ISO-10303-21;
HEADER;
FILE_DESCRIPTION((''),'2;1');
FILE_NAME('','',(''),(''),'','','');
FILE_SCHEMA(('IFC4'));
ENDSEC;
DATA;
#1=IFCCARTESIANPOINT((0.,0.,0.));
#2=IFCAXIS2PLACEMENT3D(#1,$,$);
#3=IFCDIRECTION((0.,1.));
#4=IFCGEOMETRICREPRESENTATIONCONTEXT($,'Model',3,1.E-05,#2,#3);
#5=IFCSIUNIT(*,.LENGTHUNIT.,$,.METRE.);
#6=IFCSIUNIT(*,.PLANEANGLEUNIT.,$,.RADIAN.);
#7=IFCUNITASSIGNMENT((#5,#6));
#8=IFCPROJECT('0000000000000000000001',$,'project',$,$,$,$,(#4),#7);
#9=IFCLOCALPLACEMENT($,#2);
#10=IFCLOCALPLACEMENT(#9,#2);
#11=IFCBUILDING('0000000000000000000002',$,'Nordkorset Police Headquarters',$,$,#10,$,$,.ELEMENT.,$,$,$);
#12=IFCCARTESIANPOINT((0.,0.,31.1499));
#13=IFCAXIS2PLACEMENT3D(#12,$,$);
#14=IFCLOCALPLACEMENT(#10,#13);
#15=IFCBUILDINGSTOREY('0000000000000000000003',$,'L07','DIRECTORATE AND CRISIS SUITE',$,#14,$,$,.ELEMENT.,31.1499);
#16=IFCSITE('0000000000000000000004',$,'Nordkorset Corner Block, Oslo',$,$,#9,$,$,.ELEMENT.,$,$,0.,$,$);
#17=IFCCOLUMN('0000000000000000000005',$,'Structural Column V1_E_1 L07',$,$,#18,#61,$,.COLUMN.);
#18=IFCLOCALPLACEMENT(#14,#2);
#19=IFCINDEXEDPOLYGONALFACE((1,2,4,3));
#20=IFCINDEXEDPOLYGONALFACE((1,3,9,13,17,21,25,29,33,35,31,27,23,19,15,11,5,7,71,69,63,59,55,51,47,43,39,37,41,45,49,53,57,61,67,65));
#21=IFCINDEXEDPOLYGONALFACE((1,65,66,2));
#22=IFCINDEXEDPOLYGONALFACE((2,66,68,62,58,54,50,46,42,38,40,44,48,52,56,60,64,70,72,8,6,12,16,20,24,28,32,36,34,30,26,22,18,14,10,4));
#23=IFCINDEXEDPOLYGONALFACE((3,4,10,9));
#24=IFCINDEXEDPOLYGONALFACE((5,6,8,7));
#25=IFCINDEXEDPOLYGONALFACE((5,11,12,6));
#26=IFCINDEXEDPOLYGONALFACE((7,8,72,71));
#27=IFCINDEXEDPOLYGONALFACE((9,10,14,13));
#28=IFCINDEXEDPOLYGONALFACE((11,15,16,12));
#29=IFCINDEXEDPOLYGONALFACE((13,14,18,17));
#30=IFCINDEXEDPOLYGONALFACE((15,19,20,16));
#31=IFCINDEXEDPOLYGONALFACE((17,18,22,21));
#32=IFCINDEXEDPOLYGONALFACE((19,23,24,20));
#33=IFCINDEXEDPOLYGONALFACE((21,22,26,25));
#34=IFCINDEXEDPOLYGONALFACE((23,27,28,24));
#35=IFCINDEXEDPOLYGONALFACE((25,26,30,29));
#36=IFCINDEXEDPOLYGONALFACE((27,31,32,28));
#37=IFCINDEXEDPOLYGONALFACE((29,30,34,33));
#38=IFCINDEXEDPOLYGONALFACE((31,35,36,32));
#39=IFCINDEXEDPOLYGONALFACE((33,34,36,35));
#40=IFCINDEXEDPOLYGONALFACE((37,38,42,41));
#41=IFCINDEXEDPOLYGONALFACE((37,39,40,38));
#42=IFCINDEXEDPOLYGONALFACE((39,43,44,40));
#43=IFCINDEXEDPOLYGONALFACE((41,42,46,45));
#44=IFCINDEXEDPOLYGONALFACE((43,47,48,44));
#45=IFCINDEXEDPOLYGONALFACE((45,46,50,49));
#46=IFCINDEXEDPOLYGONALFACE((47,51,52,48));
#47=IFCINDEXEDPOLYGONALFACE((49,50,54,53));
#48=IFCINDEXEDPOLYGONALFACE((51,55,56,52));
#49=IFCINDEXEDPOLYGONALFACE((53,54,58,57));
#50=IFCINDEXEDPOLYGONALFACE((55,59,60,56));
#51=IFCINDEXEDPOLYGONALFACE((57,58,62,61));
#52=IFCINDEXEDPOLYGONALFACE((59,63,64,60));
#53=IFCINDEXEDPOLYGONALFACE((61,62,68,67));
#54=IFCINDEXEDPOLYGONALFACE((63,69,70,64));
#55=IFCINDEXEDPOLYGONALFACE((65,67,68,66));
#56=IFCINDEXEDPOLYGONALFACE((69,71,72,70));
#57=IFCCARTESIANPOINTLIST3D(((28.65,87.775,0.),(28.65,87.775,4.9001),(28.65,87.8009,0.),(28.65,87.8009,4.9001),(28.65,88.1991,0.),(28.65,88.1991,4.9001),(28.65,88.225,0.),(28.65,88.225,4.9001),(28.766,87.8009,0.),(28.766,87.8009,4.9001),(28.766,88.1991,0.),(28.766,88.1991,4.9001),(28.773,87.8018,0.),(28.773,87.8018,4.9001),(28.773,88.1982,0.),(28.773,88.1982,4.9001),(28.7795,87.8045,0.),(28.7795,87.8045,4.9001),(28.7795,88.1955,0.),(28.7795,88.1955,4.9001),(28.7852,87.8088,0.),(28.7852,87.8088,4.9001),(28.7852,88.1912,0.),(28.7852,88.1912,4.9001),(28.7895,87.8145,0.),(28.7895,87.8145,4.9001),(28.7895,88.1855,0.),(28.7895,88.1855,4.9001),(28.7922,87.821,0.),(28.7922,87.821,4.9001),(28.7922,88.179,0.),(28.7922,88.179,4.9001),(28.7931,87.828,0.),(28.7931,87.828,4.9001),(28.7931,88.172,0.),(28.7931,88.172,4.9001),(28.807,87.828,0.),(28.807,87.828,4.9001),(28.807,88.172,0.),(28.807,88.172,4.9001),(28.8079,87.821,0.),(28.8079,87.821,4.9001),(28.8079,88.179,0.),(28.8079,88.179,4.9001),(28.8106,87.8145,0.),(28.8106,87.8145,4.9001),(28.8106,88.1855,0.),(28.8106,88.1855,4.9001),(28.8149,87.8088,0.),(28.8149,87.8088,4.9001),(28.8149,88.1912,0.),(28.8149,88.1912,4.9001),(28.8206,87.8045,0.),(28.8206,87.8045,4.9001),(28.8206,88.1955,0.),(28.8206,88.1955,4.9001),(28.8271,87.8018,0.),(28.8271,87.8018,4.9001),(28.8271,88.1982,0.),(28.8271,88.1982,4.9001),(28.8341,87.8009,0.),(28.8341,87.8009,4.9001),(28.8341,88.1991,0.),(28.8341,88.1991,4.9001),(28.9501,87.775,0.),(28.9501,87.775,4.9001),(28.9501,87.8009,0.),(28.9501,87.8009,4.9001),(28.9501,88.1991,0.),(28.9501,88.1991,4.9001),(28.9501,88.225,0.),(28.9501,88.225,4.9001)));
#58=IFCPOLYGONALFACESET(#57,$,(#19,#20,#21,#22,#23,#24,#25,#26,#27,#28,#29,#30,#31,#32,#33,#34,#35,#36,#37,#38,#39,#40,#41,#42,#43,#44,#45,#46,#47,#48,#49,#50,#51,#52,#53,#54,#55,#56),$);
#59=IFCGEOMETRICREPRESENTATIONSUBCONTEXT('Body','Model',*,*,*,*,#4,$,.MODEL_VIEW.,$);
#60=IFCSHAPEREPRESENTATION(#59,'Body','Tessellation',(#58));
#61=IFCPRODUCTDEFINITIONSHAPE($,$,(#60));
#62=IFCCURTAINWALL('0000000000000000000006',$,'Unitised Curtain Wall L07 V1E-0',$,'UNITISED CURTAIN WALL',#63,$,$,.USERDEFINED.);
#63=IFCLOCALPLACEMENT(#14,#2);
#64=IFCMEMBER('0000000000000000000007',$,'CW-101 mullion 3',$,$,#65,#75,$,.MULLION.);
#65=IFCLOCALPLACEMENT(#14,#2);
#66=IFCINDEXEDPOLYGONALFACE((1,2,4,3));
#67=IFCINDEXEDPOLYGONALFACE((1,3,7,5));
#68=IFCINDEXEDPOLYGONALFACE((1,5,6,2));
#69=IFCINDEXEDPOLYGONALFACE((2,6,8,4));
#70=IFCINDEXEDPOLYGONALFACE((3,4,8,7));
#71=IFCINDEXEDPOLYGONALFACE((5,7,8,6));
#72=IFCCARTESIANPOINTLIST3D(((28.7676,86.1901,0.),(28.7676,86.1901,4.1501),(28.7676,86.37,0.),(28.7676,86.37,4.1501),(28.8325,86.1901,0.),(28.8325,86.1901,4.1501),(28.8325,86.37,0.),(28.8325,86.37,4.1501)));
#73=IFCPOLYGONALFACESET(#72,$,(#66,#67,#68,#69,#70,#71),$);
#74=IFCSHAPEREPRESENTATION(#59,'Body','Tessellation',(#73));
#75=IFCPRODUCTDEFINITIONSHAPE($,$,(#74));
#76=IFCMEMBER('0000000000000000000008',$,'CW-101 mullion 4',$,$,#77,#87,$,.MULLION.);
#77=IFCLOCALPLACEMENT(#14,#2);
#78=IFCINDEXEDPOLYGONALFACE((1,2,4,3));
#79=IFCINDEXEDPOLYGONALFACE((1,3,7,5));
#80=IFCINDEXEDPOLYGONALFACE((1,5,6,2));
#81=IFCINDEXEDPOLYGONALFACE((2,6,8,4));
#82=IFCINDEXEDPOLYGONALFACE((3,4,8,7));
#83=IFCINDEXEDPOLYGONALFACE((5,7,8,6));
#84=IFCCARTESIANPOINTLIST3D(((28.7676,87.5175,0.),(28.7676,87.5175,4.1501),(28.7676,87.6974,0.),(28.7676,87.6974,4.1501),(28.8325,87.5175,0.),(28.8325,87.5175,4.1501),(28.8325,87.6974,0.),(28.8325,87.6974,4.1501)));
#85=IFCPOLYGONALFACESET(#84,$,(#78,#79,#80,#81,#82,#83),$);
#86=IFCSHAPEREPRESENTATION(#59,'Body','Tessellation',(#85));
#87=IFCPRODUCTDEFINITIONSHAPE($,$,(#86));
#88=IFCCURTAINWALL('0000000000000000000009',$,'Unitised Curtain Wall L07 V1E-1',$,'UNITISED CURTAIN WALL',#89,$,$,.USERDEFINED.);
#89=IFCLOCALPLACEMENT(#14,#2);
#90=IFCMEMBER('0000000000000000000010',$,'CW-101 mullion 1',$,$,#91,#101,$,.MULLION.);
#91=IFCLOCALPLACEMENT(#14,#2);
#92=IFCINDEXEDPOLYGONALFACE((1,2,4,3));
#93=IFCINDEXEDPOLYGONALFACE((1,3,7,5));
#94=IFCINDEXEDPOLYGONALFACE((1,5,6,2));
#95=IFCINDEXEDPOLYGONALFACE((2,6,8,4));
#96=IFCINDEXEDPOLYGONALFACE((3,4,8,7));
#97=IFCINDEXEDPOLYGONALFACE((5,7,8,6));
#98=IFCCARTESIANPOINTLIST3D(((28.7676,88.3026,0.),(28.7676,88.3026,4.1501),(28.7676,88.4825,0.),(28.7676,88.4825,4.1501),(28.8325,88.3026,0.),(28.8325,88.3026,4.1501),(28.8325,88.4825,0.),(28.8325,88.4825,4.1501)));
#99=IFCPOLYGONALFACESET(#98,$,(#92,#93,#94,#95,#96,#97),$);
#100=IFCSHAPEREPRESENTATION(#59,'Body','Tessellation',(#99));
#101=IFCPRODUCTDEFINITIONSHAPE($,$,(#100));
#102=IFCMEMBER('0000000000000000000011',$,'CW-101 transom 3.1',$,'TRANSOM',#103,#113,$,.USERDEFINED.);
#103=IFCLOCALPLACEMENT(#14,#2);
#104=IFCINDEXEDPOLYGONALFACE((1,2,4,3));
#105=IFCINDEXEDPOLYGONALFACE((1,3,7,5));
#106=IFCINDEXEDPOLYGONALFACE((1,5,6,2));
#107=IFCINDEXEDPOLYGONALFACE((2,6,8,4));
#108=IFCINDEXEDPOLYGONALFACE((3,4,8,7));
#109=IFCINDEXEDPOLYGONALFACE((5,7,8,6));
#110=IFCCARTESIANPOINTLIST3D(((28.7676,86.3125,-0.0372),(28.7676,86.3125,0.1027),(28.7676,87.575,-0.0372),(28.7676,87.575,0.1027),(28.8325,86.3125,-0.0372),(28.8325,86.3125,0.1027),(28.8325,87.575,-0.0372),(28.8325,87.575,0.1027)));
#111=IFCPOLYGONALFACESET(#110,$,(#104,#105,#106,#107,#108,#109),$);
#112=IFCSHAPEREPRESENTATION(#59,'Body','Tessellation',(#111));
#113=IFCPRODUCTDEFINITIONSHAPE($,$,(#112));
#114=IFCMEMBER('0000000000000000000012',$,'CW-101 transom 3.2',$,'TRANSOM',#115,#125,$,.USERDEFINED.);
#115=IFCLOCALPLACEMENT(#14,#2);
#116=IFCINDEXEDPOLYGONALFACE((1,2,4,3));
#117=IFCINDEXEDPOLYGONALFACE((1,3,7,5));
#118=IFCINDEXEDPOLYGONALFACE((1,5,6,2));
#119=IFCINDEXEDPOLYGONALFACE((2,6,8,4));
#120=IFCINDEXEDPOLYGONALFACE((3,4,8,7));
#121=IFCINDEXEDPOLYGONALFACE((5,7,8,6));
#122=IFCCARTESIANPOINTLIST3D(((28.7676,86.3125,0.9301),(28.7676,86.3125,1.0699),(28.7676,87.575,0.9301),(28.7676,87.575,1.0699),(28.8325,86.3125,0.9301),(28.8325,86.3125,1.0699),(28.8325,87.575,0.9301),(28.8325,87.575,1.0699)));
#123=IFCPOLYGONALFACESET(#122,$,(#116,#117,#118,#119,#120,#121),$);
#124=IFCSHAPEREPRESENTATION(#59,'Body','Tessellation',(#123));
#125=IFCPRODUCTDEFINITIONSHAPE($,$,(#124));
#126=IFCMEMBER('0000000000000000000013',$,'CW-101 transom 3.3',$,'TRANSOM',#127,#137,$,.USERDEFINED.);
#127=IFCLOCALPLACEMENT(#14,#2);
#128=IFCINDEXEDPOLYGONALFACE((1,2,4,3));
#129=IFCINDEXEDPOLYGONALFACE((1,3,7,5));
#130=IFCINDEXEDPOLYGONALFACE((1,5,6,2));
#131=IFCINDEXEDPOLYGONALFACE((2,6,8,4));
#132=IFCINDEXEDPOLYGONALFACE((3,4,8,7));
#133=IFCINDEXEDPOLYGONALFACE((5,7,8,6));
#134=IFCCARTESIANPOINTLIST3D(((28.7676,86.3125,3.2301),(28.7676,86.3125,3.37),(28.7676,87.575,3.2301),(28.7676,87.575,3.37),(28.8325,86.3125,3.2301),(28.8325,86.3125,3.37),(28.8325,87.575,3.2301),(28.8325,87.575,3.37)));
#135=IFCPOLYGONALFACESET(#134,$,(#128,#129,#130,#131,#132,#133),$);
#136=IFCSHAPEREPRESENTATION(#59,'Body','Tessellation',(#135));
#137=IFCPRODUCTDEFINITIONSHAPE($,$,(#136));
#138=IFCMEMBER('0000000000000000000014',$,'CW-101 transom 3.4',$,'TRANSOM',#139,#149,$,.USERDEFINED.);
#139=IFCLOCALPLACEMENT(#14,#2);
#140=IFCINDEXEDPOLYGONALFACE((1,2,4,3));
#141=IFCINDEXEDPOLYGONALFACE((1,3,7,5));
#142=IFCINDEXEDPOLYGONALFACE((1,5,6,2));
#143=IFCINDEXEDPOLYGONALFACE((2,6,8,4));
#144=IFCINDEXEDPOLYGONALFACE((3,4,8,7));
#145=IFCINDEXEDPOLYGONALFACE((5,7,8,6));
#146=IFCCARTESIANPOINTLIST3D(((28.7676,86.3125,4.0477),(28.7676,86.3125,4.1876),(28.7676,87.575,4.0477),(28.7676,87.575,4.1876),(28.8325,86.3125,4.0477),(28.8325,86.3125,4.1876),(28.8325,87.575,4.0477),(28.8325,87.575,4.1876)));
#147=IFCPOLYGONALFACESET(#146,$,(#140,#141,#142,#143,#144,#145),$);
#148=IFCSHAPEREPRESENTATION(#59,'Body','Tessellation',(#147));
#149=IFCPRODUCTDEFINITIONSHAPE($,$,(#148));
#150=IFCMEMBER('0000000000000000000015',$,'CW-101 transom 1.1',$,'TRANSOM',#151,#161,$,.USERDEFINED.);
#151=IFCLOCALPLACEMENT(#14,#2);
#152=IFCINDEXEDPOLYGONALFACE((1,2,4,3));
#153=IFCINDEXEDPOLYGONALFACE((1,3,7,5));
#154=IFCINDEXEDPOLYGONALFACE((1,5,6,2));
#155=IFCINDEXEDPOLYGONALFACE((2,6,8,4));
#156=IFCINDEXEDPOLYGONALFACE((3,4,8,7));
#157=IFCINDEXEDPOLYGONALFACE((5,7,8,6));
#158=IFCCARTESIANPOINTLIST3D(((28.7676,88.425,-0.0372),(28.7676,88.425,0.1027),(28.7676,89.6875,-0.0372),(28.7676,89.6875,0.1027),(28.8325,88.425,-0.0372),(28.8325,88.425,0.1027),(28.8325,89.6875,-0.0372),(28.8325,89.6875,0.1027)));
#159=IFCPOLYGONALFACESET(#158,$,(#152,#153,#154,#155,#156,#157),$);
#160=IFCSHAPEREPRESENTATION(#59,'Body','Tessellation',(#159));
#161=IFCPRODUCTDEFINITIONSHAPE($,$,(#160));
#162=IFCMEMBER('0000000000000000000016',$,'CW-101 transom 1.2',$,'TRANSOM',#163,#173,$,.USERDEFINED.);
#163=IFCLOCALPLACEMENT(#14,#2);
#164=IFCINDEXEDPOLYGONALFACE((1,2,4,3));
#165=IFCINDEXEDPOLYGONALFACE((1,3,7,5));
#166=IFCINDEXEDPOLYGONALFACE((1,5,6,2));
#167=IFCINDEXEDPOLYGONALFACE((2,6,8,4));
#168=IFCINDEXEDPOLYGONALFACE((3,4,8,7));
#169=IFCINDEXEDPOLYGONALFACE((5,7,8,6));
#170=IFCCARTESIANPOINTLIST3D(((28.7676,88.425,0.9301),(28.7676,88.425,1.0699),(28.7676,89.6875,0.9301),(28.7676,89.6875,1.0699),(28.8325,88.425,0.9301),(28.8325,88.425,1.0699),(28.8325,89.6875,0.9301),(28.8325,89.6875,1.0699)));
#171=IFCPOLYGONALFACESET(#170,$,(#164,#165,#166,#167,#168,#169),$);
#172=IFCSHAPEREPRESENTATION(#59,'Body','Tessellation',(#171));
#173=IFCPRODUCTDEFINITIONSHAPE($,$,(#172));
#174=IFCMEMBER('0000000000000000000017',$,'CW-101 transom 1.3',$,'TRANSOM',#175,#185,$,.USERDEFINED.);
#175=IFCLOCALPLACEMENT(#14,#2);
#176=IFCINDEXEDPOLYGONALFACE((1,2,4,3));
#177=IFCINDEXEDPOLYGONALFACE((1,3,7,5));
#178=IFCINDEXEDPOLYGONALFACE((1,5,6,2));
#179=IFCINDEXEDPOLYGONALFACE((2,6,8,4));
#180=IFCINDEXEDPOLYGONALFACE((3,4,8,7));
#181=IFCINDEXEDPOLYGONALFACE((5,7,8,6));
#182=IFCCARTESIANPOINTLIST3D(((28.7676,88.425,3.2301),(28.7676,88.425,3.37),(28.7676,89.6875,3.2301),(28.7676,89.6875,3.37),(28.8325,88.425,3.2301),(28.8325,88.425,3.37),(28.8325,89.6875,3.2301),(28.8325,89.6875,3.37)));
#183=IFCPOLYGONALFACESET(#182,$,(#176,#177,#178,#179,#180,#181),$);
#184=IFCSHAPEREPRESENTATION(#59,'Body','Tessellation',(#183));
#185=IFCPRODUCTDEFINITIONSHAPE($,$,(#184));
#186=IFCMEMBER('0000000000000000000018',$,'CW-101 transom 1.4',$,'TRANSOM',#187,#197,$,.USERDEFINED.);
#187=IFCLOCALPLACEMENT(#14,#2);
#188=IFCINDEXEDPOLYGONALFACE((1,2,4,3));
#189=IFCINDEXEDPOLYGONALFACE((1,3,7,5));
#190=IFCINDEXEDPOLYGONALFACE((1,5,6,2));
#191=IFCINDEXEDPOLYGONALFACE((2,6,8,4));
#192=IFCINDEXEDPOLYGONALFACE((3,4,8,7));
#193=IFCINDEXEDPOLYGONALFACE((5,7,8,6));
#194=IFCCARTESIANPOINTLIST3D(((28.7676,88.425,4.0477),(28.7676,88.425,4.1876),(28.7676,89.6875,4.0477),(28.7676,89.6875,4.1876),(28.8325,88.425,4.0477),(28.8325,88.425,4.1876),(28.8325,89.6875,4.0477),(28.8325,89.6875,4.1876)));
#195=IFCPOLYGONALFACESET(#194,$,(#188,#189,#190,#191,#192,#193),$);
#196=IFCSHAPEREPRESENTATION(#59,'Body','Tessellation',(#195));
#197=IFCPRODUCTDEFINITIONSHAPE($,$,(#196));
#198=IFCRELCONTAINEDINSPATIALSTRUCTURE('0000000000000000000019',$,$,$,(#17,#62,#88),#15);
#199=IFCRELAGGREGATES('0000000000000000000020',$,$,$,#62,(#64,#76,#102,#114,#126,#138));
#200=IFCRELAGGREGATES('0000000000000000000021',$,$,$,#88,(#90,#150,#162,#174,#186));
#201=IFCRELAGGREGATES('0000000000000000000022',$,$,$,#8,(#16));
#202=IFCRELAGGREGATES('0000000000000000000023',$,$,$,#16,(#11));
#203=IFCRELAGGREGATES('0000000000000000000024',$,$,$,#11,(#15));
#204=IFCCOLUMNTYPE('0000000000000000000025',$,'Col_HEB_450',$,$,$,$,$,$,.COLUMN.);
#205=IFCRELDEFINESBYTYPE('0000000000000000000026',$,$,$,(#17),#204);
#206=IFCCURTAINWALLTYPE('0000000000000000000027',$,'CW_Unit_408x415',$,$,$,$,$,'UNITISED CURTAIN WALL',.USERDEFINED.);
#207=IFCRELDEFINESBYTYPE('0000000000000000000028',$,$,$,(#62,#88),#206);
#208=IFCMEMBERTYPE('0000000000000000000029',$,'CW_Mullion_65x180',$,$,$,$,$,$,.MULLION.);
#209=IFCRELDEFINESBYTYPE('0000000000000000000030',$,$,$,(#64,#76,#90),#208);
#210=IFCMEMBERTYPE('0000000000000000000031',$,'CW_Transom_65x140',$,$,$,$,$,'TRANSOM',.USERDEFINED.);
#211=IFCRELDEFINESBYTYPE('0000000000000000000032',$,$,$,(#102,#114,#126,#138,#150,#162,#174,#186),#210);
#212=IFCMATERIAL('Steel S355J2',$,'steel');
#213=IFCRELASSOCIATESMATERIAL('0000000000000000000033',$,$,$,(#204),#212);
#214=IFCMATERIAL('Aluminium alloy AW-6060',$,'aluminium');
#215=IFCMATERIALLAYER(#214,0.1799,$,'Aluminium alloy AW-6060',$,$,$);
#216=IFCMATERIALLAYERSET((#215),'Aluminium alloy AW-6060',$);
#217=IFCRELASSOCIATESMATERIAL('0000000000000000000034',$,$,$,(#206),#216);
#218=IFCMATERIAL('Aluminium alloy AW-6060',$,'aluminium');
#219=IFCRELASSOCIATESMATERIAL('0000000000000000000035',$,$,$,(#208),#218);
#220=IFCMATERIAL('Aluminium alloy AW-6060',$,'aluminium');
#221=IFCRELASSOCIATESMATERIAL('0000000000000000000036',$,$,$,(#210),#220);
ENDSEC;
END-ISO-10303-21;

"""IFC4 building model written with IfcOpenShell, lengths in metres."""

from ifc_helpers import new_model, si_unit, direction, frame, origin, origin_2d, place, context, subcontext, project, spatial, rectangle, i_section, extrude, material, layer, layer_set, material_profile, profile_set, type_object, element, aggregate, save


model = new_model("IFC4")

# Units and contexts
model_context = context("Model", 3, precision=1e-05, world=origin(), true_north=direction((0.0, 1.0)))
body_context = subcontext(model_context, "Body", "Model", "MODEL_VIEW")
ifc_project = project(units=[si_unit("LENGTHUNIT", "METRE"), si_unit("PLANEANGLEUNIT", "RADIAN")], contexts=[model_context])

# Site, building, storey
site_placement = place(None, origin())
site = spatial("IfcSite", under=ifc_project, at=site_placement, Name="Nordkorset Corner Block, Oslo", CompositionType="ELEMENT", RefElevation=0.0)
building_placement = place(site_placement, origin())
building = spatial("IfcBuilding", under=site, at=building_placement, Name="Nordkorset Police Headquarters", CompositionType="ELEMENT")
storey_placement = place(building_placement, frame((0.0, 0.0, 31.1499)))
storey = spatial("IfcBuildingStorey", under=building, at=storey_placement, Name="L07", Description="DIRECTORATE AND CRISIS SUITE", CompositionType="ELEMENT", Elevation=31.1499)

# Column
ifc_material_1 = material(Name="Steel S355J2", Category="steel")
ifc_material_profile_1 = material_profile(ifc_material_1, i_section(OverallWidth=0.3, OverallDepth=0.45, WebThickness=0.0139, FlangeThickness=0.0259, FilletRadius=0.0271, at=origin_2d()), Name="HEB 450")
ifc_profile_set_1 = profile_set([ifc_material_profile_1], Name="Steel S355J2")
column_type = type_object("IfcColumnType", Name="Col_HEB_450", PredefinedType="COLUMN", material=ifc_profile_set_1)
column_placement = place(storey_placement, frame((28.8, 88.0, 0.0), z_axis=(0.0, 0.0, 1.0), x_axis=(1.0, 0.0, 0.0)))
element("IfcColumn", 1, at=column_placement, inside=storey, type_object=column_type, Name="Structural Column V1_E_1 L07", PredefinedType="COLUMN", context=body_context, shape_type="SweptSolid", body=[
    extrude(i_section(OverallWidth=0.3, OverallDepth=0.45, WebThickness=0.0139, FlangeThickness=0.0259, FilletRadius=0.0271, at=origin_2d()), origin(), (0.0, 0.0, 1.0), 4.9001),
])

# Curtain wall, members
ifc_material_2 = material(Name="Aluminium alloy AW-6060", Category="aluminium")
ifc_layer_1 = layer(ifc_material_2, 0.1799, Name="Aluminium alloy AW-6060")
ifc_layer_set_1 = layer_set([ifc_layer_1], Name="Aluminium alloy AW-6060")
curtain_wall_type = type_object("IfcCurtainWallType", Name="CW_Unit_408x415", ElementType="UNITISED CURTAIN WALL", PredefinedType="USERDEFINED", material=ifc_layer_set_1)
curtain_wall_1_placement = place(storey_placement, origin())
curtain_wall_1 = element("IfcCurtainWall", 2, at=curtain_wall_1_placement, inside=storey, type_object=curtain_wall_type, Name="Unitised Curtain Wall L07 V1E-0", ObjectType="UNITISED CURTAIN WALL", PredefinedType="USERDEFINED")
ifc_material_3 = material(Name="Aluminium alloy AW-6060", Category="aluminium")
ifc_material_profile_2 = material_profile(ifc_material_3, rectangle(XDim=0.0649, YDim=0.1799, at=origin_2d()), Name="ALU MULL 65x180")
ifc_profile_set_2 = profile_set([ifc_material_profile_2], Name="Aluminium alloy AW-6060")
member_type_1 = type_object("IfcMemberType", Name="CW_Mullion_65x180", PredefinedType="MULLION", material=ifc_profile_set_2)
member_1_placement = place(storey_placement, frame((28.8, 86.28, 0.0), z_axis=(0.0, 0.0, 1.0), x_axis=(-1.0, 0.0, 0.0)))
member_1 = element("IfcMember", 3, at=member_1_placement, type_object=member_type_1, Name="CW-101 mullion 3", PredefinedType="MULLION", context=body_context, shape_type="SweptSolid", body=[
    extrude(rectangle(XDim=0.0649, YDim=0.1799, at=origin_2d()), origin(), (0.0, 0.0, 1.0), 4.1501),
])
member_2_placement = place(storey_placement, frame((28.8, 87.6074, 0.0), z_axis=(0.0, 0.0, 1.0), x_axis=(-1.0, 0.0, 0.0)))
member_2 = element("IfcMember", 4, at=member_2_placement, type_object=member_type_1, Name="CW-101 mullion 4", PredefinedType="MULLION", context=body_context, shape_type="SweptSolid", body=[
    extrude(rectangle(XDim=0.0649, YDim=0.1799, at=origin_2d()), origin(), (0.0, 0.0, 1.0), 4.1501),
])

# Curtain wall, member
curtain_wall_2_placement = place(storey_placement, origin())
curtain_wall_2 = element("IfcCurtainWall", 5, at=curtain_wall_2_placement, inside=storey, type_object=curtain_wall_type, Name="Unitised Curtain Wall L07 V1E-1", ObjectType="UNITISED CURTAIN WALL", PredefinedType="USERDEFINED")
member_3_placement = place(storey_placement, frame((28.8, 88.3926, 0.0), z_axis=(0.0, 0.0, 1.0), x_axis=(-1.0, 0.0, 0.0)))
member_3 = element("IfcMember", 6, at=member_3_placement, type_object=member_type_1, Name="CW-101 mullion 1", PredefinedType="MULLION", context=body_context, shape_type="SweptSolid", body=[
    extrude(rectangle(XDim=0.0649, YDim=0.1799, at=origin_2d()), origin(), (0.0, 0.0, 1.0), 4.1501),
])

# Members
ifc_material_4 = material(Name="Aluminium alloy AW-6060", Category="aluminium")
ifc_material_profile_3 = material_profile(ifc_material_4, rectangle(XDim=0.0649, YDim=0.1399, at=origin_2d()), Name="ALU TRAN 65x140")
ifc_profile_set_3 = profile_set([ifc_material_profile_3], Name="Aluminium alloy AW-6060")
member_type_2 = type_object("IfcMemberType", Name="CW_Transom_65x140", ElementType="TRANSOM", PredefinedType="USERDEFINED", material=ifc_profile_set_3)
member_4_placement = place(storey_placement, frame((28.8, 86.3125, 0.0327), z_axis=(0.0, 1.0, 0.0), x_axis=(-1.0, 0.0, 0.0)))
member_4 = element("IfcMember", 7, at=member_4_placement, type_object=member_type_2, Name="CW-101 transom 3.1", ObjectType="TRANSOM", PredefinedType="USERDEFINED", context=body_context, shape_type="SweptSolid", body=[
    extrude(rectangle(XDim=0.0649, YDim=0.1399, at=origin_2d()), origin(), (0.0, 0.0, 1.0), 1.2625),
])
member_5_placement = place(storey_placement, frame((28.8, 86.3125, 1.0), z_axis=(0.0, 1.0, 0.0), x_axis=(-1.0, 0.0, 0.0)))
member_5 = element("IfcMember", 8, at=member_5_placement, type_object=member_type_2, Name="CW-101 transom 3.2", ObjectType="TRANSOM", PredefinedType="USERDEFINED", context=body_context, shape_type="SweptSolid", body=[
    extrude(rectangle(XDim=0.0649, YDim=0.1399, at=origin_2d()), origin(), (0.0, 0.0, 1.0), 1.2625),
])
member_6_placement = place(storey_placement, frame((28.8, 86.3125, 3.3), z_axis=(0.0, 1.0, 0.0), x_axis=(-1.0, 0.0, 0.0)))
member_6 = element("IfcMember", 9, at=member_6_placement, type_object=member_type_2, Name="CW-101 transom 3.3", ObjectType="TRANSOM", PredefinedType="USERDEFINED", context=body_context, shape_type="SweptSolid", body=[
    extrude(rectangle(XDim=0.0649, YDim=0.1399, at=origin_2d()), origin(), (0.0, 0.0, 1.0), 1.2625),
])
member_7_placement = place(storey_placement, frame((28.8, 86.3125, 4.1177), z_axis=(0.0, 1.0, 0.0), x_axis=(-1.0, 0.0, 0.0)))
member_7 = element("IfcMember", 10, at=member_7_placement, type_object=member_type_2, Name="CW-101 transom 3.4", ObjectType="TRANSOM", PredefinedType="USERDEFINED", context=body_context, shape_type="SweptSolid", body=[
    extrude(rectangle(XDim=0.0649, YDim=0.1399, at=origin_2d()), origin(), (0.0, 0.0, 1.0), 1.2625),
])
member_8_placement = place(storey_placement, frame((28.8, 88.425, 0.0327), z_axis=(0.0, 1.0, 0.0), x_axis=(-1.0, 0.0, 0.0)))
member_8 = element("IfcMember", 11, at=member_8_placement, type_object=member_type_2, Name="CW-101 transom 1.1", ObjectType="TRANSOM", PredefinedType="USERDEFINED", context=body_context, shape_type="SweptSolid", body=[
    extrude(rectangle(XDim=0.0649, YDim=0.1399, at=origin_2d()), origin(), (0.0, 0.0, 1.0), 1.2625),
])
member_9_placement = place(storey_placement, frame((28.8, 88.425, 1.0), z_axis=(0.0, 1.0, 0.0), x_axis=(-1.0, 0.0, 0.0)))
member_9 = element("IfcMember", 12, at=member_9_placement, type_object=member_type_2, Name="CW-101 transom 1.2", ObjectType="TRANSOM", PredefinedType="USERDEFINED", context=body_context, shape_type="SweptSolid", body=[
    extrude(rectangle(XDim=0.0649, YDim=0.1399, at=origin_2d()), origin(), (0.0, 0.0, 1.0), 1.2625),
])
member_10_placement = place(storey_placement, frame((28.8, 88.425, 3.3), z_axis=(0.0, 1.0, 0.0), x_axis=(-1.0, 0.0, 0.0)))
member_10 = element("IfcMember", 13, at=member_10_placement, type_object=member_type_2, Name="CW-101 transom 1.3", ObjectType="TRANSOM", PredefinedType="USERDEFINED", context=body_context, shape_type="SweptSolid", body=[
    extrude(rectangle(XDim=0.0649, YDim=0.1399, at=origin_2d()), origin(), (0.0, 0.0, 1.0), 1.2625),
])
member_11_placement = place(storey_placement, frame((28.8, 88.425, 4.1177), z_axis=(0.0, 1.0, 0.0), x_axis=(-1.0, 0.0, 0.0)))
member_11 = element("IfcMember", 14, at=member_11_placement, type_object=member_type_2, Name="CW-101 transom 1.4", ObjectType="TRANSOM", PredefinedType="USERDEFINED", context=body_context, shape_type="SweptSolid", body=[
    extrude(rectangle(XDim=0.0649, YDim=0.1399, at=origin_2d()), origin(), (0.0, 0.0, 1.0), 1.2625),
])

aggregate(curtain_wall_1, [member_1, member_2, member_4, member_5, member_6, member_7])
aggregate(curtain_wall_2, [member_3, member_8, member_9, member_10, member_11])

save(model, "model.ifc")
